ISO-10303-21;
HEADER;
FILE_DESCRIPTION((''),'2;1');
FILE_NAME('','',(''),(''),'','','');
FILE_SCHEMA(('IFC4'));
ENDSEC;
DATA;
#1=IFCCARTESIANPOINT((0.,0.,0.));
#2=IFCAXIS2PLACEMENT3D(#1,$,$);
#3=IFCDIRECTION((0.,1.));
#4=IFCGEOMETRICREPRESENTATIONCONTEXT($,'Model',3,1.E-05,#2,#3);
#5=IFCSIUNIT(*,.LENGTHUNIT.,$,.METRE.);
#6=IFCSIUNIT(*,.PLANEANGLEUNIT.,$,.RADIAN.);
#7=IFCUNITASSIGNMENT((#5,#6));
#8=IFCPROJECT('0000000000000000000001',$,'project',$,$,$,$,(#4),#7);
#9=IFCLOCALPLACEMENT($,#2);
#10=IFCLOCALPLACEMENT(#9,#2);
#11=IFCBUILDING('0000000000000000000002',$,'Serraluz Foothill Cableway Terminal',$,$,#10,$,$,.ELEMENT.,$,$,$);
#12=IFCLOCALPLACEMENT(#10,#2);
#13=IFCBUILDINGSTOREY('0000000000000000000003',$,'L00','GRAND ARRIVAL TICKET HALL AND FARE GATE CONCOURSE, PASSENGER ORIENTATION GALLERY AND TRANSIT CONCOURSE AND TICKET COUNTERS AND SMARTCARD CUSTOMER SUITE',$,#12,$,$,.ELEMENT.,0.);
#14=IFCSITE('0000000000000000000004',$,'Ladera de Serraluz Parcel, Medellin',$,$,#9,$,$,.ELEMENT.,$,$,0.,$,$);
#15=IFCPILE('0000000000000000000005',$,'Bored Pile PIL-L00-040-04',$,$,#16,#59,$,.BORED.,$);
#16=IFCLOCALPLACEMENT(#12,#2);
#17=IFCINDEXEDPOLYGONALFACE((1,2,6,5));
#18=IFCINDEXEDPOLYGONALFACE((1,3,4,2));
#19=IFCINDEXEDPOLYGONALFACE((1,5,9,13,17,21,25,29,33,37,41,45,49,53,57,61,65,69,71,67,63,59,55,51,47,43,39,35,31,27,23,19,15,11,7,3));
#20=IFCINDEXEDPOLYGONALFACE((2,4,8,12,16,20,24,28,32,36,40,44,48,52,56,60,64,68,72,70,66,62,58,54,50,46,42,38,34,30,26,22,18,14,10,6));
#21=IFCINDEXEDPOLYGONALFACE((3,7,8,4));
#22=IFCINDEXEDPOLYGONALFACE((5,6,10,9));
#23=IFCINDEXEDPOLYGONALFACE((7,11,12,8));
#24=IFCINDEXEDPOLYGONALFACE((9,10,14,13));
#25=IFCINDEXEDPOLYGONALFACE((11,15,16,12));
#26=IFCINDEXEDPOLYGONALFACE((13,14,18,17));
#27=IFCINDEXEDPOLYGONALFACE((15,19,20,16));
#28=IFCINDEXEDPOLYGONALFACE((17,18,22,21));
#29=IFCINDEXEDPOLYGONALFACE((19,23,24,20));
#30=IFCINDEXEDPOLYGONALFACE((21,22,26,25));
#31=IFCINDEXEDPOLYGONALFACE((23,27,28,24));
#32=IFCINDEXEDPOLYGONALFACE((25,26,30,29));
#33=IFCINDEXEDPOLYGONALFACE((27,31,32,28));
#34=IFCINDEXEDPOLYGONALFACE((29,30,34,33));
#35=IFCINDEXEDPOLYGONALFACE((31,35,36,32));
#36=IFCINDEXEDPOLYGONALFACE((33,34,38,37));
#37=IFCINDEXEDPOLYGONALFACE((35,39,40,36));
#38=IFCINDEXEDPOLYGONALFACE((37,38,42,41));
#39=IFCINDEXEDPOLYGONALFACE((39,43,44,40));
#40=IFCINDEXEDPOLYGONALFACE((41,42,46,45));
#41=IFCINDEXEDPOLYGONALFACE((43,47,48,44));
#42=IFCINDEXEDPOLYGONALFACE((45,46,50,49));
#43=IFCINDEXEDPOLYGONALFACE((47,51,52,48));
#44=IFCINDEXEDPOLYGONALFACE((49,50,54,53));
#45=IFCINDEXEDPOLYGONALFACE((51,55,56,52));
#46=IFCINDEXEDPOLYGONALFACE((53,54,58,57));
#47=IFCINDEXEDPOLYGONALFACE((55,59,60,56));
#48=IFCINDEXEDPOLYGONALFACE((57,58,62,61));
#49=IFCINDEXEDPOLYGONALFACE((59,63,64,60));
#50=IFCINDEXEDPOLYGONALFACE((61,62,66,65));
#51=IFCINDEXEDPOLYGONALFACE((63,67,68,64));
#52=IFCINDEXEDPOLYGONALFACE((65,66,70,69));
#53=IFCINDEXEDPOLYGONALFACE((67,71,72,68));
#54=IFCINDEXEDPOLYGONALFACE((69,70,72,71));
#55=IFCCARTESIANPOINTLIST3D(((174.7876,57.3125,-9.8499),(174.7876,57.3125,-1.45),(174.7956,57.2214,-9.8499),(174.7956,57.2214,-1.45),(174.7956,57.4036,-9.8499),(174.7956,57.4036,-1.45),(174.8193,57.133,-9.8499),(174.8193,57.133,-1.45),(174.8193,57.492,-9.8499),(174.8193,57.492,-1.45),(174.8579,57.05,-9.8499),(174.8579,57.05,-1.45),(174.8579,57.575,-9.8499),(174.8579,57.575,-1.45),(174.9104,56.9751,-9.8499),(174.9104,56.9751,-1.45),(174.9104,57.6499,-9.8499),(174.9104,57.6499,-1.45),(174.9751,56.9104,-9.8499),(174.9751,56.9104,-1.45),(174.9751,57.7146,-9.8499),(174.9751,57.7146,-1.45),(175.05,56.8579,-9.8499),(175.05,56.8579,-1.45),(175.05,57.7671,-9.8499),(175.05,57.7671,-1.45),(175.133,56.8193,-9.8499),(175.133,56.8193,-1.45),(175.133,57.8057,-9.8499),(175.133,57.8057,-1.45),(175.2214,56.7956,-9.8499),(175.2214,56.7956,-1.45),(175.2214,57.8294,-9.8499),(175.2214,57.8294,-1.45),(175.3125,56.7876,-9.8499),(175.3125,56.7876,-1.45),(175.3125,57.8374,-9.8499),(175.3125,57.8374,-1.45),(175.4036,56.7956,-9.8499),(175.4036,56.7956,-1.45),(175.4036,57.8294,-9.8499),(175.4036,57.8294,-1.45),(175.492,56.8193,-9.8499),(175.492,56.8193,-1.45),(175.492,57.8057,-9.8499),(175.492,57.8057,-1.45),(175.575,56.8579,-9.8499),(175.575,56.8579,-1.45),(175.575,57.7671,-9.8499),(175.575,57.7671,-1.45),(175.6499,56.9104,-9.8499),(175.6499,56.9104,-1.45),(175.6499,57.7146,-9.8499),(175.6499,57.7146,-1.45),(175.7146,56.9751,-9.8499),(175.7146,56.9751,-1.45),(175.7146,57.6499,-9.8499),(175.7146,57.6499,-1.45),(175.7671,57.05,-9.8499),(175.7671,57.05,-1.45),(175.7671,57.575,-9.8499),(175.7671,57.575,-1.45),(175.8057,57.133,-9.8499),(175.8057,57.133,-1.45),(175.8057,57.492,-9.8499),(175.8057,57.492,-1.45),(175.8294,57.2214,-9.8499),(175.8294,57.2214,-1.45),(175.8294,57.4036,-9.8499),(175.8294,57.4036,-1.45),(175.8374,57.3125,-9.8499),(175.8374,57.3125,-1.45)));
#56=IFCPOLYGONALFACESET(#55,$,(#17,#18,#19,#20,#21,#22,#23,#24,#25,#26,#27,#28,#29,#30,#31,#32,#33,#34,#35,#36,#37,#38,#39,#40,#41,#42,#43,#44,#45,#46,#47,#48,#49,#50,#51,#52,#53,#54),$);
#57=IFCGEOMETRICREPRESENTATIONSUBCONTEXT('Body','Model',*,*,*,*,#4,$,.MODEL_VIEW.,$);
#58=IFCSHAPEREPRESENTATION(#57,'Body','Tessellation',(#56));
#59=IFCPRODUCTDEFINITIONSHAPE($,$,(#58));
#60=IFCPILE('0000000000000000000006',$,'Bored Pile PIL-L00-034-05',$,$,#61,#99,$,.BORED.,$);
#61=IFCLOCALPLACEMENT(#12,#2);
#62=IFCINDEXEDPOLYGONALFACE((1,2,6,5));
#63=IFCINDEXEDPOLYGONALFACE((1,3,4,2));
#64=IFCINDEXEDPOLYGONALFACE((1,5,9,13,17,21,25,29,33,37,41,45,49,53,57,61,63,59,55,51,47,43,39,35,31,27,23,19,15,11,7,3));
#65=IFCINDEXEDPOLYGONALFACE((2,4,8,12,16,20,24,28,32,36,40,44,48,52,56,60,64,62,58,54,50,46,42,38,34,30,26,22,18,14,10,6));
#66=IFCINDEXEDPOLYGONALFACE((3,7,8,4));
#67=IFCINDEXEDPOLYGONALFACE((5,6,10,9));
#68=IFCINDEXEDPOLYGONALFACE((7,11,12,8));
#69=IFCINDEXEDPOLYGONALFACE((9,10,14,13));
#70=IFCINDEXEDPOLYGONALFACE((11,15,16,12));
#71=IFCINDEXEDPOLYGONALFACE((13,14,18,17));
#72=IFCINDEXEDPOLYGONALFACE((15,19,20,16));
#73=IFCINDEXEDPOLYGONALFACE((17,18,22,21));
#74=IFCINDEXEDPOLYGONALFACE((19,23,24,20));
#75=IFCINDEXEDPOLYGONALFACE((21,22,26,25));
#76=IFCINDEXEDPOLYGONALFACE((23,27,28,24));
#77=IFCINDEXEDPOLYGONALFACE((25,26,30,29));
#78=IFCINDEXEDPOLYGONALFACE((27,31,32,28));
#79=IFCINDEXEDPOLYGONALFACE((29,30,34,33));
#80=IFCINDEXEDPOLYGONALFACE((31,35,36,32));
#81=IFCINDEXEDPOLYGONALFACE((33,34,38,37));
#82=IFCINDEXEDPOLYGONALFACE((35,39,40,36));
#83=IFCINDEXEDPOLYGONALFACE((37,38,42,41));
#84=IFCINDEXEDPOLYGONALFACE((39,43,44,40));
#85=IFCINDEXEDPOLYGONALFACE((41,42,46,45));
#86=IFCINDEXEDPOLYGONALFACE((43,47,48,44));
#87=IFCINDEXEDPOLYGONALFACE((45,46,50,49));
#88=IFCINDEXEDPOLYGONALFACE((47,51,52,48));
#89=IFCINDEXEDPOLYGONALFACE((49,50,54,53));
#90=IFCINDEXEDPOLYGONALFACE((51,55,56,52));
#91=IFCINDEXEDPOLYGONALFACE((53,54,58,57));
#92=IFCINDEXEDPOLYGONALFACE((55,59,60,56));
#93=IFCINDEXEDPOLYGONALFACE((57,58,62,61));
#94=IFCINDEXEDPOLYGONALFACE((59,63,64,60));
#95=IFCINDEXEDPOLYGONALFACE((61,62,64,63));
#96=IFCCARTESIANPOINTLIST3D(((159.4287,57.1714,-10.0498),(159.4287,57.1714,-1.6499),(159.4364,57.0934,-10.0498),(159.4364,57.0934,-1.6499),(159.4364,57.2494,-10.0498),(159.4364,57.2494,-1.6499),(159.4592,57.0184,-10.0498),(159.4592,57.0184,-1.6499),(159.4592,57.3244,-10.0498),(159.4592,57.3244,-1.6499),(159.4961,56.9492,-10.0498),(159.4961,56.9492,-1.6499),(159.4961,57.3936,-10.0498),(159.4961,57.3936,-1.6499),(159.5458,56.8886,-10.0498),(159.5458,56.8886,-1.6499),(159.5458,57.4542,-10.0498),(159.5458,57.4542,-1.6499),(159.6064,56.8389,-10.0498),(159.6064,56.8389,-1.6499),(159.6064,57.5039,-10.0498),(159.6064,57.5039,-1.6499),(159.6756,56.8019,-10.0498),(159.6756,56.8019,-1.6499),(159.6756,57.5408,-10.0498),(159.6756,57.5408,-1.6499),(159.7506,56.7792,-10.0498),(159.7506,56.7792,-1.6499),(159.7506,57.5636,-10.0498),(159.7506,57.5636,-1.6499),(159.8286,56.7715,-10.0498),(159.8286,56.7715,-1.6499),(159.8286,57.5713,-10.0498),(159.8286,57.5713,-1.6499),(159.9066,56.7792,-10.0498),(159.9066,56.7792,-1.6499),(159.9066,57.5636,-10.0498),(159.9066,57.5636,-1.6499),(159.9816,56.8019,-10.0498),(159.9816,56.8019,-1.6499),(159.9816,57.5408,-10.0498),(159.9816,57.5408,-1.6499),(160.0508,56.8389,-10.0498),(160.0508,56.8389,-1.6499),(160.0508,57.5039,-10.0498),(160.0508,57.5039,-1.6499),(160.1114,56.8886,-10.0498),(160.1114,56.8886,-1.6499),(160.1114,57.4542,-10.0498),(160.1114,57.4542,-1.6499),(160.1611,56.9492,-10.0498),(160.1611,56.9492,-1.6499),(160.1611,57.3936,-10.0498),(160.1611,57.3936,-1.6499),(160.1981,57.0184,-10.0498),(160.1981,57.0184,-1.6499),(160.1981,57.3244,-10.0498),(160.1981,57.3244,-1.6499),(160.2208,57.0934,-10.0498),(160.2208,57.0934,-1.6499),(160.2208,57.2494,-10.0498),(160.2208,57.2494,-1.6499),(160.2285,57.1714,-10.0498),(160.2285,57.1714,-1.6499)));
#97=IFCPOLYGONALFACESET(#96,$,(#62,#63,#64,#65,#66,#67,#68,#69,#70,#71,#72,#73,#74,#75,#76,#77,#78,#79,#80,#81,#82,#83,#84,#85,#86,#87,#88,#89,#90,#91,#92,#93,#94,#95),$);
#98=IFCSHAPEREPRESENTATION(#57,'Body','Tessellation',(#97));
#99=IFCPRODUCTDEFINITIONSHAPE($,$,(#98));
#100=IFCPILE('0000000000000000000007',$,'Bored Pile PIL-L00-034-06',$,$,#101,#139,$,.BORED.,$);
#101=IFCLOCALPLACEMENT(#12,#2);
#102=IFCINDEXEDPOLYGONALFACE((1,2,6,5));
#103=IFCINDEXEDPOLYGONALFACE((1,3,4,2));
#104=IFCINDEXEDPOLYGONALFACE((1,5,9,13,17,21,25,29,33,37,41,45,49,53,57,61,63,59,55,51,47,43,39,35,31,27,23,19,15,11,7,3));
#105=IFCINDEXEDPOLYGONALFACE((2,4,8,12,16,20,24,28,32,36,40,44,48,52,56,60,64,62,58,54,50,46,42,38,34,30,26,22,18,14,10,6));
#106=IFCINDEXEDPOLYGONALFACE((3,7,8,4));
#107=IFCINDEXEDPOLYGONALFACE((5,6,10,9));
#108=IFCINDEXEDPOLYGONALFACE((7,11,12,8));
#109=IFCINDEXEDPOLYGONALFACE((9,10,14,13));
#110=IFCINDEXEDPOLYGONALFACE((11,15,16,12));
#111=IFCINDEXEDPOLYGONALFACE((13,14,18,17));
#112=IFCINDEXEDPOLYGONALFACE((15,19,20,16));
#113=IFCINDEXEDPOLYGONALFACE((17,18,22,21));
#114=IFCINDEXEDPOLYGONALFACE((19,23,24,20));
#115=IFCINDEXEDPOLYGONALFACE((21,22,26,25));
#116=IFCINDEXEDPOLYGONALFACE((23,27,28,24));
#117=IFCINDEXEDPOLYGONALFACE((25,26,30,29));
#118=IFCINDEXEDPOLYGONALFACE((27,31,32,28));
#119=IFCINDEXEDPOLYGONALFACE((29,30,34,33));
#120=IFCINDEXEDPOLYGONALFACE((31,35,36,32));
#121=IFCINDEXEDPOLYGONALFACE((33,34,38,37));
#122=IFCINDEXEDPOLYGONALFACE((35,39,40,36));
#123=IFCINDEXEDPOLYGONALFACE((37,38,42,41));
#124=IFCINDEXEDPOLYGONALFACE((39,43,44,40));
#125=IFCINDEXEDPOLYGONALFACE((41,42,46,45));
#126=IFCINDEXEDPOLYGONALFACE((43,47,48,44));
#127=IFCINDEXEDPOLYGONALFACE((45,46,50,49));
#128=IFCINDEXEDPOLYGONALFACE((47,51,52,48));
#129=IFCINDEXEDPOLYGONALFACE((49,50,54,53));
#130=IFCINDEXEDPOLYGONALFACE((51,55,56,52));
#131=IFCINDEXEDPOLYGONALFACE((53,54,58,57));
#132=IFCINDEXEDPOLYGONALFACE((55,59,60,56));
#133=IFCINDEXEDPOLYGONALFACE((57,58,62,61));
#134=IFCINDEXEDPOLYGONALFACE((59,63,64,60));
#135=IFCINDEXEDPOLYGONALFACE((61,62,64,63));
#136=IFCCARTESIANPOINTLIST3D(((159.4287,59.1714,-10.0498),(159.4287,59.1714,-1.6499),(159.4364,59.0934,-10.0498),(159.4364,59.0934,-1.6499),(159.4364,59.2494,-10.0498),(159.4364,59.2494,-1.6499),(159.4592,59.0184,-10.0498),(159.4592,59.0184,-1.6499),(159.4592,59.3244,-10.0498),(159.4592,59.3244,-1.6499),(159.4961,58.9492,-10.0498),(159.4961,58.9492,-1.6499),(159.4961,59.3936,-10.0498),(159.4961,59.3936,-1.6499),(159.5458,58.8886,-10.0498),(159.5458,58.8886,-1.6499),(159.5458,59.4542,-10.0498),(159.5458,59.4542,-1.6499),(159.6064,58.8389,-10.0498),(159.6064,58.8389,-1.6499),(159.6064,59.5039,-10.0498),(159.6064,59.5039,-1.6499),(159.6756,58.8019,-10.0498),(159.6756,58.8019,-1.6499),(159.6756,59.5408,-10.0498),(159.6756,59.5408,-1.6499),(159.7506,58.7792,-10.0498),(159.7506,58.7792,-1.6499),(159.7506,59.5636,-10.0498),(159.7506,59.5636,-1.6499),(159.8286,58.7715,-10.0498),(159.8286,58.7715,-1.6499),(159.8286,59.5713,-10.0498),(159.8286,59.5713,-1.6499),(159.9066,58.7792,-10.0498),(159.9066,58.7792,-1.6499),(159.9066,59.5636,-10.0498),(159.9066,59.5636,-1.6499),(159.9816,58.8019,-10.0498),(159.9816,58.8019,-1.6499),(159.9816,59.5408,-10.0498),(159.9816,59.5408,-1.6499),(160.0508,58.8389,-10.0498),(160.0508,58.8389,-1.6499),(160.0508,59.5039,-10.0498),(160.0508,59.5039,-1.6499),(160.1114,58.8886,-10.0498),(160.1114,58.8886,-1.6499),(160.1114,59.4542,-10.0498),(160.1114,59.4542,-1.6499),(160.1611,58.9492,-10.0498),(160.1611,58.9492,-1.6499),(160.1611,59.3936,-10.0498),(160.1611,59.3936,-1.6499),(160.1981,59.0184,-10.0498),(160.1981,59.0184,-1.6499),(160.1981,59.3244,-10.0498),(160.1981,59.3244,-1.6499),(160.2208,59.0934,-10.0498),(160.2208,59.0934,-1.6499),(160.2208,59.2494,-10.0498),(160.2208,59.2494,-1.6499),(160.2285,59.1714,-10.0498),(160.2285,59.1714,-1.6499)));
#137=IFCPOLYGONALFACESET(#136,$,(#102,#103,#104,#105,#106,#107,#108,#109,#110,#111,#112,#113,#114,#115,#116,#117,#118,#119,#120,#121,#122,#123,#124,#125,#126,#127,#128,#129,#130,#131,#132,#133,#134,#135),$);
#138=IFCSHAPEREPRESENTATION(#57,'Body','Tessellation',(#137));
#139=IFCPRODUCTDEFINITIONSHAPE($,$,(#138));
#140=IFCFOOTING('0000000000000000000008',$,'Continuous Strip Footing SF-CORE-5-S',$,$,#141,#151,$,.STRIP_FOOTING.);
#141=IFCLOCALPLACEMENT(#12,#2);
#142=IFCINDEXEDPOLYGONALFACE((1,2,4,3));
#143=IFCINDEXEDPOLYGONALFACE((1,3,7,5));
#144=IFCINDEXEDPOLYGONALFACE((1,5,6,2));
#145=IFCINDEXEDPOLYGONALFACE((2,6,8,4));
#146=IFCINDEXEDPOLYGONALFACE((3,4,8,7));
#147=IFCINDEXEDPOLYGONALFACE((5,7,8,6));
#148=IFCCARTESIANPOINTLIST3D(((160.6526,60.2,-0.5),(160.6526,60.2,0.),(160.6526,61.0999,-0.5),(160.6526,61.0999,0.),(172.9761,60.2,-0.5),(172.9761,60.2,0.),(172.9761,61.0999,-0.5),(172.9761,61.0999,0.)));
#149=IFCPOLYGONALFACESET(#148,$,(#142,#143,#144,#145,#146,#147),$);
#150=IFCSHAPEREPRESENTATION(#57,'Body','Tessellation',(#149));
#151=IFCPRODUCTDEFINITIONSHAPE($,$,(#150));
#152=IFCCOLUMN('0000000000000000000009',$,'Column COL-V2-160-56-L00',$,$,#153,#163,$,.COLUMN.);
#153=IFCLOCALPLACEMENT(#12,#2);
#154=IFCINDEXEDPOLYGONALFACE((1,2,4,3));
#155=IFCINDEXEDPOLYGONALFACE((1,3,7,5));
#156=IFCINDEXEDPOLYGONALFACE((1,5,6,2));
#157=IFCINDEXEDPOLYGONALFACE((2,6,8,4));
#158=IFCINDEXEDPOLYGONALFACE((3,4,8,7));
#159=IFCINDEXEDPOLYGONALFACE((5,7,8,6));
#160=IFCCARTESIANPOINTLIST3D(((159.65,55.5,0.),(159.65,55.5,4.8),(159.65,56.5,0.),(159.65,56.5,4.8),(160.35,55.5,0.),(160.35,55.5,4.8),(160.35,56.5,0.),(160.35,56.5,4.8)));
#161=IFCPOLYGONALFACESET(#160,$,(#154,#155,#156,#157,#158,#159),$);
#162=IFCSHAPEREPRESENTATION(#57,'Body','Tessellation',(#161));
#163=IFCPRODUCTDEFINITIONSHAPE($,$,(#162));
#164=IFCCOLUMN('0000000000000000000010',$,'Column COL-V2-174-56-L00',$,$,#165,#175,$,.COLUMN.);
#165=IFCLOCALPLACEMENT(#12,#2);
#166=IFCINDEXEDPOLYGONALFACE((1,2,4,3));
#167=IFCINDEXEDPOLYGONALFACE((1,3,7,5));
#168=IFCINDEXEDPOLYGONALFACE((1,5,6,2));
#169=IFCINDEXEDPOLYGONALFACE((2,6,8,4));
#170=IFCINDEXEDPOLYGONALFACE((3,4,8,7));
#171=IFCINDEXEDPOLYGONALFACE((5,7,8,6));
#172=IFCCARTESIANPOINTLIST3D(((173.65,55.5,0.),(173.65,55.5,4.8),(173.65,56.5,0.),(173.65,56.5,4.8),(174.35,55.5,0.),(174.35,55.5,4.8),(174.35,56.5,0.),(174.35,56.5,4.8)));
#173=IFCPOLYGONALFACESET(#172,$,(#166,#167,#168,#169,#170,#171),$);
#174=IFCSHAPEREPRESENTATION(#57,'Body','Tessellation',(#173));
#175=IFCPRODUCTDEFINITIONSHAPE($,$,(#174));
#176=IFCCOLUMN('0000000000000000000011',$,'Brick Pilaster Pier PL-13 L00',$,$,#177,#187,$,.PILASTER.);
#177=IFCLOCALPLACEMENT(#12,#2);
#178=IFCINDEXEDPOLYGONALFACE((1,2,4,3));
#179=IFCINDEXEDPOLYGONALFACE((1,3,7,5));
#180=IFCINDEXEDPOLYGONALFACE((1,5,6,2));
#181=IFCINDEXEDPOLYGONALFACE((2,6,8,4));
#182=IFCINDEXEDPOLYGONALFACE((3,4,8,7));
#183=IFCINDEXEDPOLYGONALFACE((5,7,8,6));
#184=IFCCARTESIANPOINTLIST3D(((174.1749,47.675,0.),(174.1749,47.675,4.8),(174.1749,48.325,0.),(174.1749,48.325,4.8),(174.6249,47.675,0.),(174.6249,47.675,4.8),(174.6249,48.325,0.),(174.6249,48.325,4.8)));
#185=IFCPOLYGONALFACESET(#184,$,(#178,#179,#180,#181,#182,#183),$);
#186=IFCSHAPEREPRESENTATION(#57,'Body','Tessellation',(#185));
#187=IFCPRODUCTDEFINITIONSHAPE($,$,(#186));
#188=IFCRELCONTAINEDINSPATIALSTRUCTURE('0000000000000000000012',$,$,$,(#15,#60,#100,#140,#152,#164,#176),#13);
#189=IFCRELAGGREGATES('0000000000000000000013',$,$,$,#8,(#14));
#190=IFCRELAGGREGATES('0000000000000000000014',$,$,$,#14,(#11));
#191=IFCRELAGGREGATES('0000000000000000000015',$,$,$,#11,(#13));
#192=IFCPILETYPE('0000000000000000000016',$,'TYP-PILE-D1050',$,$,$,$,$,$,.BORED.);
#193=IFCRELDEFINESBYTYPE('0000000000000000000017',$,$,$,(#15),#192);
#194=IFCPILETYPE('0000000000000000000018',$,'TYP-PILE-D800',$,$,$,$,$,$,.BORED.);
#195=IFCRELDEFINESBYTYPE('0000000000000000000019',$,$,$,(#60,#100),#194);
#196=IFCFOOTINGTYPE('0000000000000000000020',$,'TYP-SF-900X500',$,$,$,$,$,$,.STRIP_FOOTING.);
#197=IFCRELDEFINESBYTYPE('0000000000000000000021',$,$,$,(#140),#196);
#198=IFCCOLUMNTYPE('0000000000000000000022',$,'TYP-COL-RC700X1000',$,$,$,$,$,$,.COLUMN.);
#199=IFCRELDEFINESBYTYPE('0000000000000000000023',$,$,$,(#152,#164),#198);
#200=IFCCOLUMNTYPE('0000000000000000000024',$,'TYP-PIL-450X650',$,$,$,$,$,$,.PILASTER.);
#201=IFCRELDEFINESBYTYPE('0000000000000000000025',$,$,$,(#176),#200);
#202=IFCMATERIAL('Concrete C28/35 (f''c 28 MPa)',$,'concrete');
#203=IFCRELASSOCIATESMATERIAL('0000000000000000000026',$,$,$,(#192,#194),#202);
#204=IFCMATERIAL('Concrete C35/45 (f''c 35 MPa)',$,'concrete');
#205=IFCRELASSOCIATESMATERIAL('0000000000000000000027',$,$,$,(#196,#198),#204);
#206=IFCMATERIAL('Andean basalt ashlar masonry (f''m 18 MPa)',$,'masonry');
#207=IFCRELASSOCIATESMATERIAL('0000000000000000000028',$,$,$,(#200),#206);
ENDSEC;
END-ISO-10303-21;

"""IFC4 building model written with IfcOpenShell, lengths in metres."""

from ifc_helpers import new_model, si_unit, direction, frame, origin, origin_2d, place, context, subcontext, project, spatial, rectangle, circle, extrude, material, material_profile, profile_set, type_object, element, save


model = new_model("IFC4")

# Units and contexts
model_context = context("Model", 3, precision=1e-05, world=origin(), true_north=direction((0.0, 1.0)))
body_context = subcontext(model_context, "Body", "Model", "MODEL_VIEW")
ifc_project = project(units=[si_unit("LENGTHUNIT", "METRE"), si_unit("PLANEANGLEUNIT", "RADIAN")], contexts=[model_context])

# Site, building, storey
site_placement = place(None, origin())
site = spatial("IfcSite", under=ifc_project, at=site_placement, Name="Ladera de Serraluz Parcel, Medellin", CompositionType="ELEMENT", RefElevation=0.0)
building_placement = place(site_placement, origin())
building = spatial("IfcBuilding", under=site, at=building_placement, Name="Serraluz Foothill Cableway Terminal", CompositionType="ELEMENT")
storey_placement = place(building_placement, origin())
storey = spatial("IfcBuildingStorey", under=building, at=storey_placement, Name="L00", Description="GRAND ARRIVAL TICKET HALL AND FARE GATE CONCOURSE, PASSENGER ORIENTATION GALLERY AND TRANSIT CONCOURSE AND TICKET COUNTERS AND SMARTCARD CUSTOMER SUITE", CompositionType="ELEMENT", Elevation=0.0)

# Shared definitions
ifc_material_1 = material(Name="Concrete C35/45 (f'c 35 MPa)", Category="concrete")

# Piles
ifc_material_2 = material(Name="Concrete C28/35 (f'c 28 MPa)", Category="concrete")
ifc_material_profile_1 = material_profile(ifc_material_2, circle(Radius=0.5249, at=origin_2d()), Name="BORED PILE D1050")
ifc_profile_set_1 = profile_set([ifc_material_profile_1], Name="Concrete C28/35 (f'c 28 MPa)")
pile_type_1 = type_object("IfcPileType", Name="TYP-PILE-D1050", PredefinedType="BORED", material=ifc_profile_set_1)
for number, where, z_axis, x_axis, name in (
    (1, (175.3125, 57.3125, -1.45), (0.0, 0.0, -1.0), (1.0, 0.0, 0.0), "Bored Pile PIL-L00-040-04"),
):
    element("IfcPile", number, at=place(storey_placement, frame(where, z_axis=z_axis, x_axis=x_axis)), inside=storey, type_object=pile_type_1, Name=name, PredefinedType="BORED", context=body_context, shape_type="SweptSolid", body=[
        extrude(circle(Radius=0.5249, at=origin_2d()), origin(), (0.0, 0.0, 1.0), 8.3999),
    ])
ifc_material_profile_2 = material_profile(ifc_material_2, circle(Radius=0.3999, at=origin_2d()), Name="BORED PILE D800")
ifc_profile_set_2 = profile_set([ifc_material_profile_2], Name="Concrete C28/35 (f'c 28 MPa)")
pile_type_2 = type_object("IfcPileType", Name="TYP-PILE-D800", PredefinedType="BORED", material=ifc_profile_set_2)
for number, where, z_axis, x_axis, name in (
    (2, (159.8286, 57.1714, -1.6499), (0.0, 0.0, -1.0), (1.0, 0.0, 0.0), "Bored Pile PIL-L00-034-05"),
    (3, (159.8286, 59.1714, -1.6499), (0.0, 0.0, -1.0), (1.0, 0.0, 0.0), "Bored Pile PIL-L00-034-06"),
):
    element("IfcPile", number, at=place(storey_placement, frame(where, z_axis=z_axis, x_axis=x_axis)), inside=storey, type_object=pile_type_2, Name=name, PredefinedType="BORED", context=body_context, shape_type="SweptSolid", body=[
        extrude(circle(Radius=0.3999, at=origin_2d()), origin(), (0.0, 0.0, 1.0), 8.3999),
    ])

# Footing
ifc_material_profile_3 = material_profile(ifc_material_1, rectangle(XDim=0.8999, YDim=0.5, at=origin_2d()), Name="SF 900x500")
ifc_profile_set_3 = profile_set([ifc_material_profile_3], Name="Concrete C35/45 (f'c 35 MPa)")
footing_type_1 = type_object("IfcFootingType", Name="TYP-SF-900X500", PredefinedType="STRIP_FOOTING", material=ifc_profile_set_3)
footing_1_placement = place(storey_placement, frame((160.6526, 60.6499, -0.25), z_axis=(1.0, 0.0, 0.0), x_axis=(0.0, 1.0, 0.0)))
element("IfcFooting", 4, at=footing_1_placement, inside=storey, type_object=footing_type_1, Name="Continuous Strip Footing SF-CORE-5-S", PredefinedType="STRIP_FOOTING", context=body_context, shape_type="SweptSolid", body=[
    extrude(rectangle(XDim=0.8999, YDim=0.5, at=origin_2d()), origin(), (0.0, 0.0, 1.0), 12.3235),
])

# Columns
ifc_material_profile_4 = material_profile(ifc_material_1, rectangle(XDim=0.7, YDim=1.0, at=origin_2d()), Name="RC 700x1000")
ifc_profile_set_4 = profile_set([ifc_material_profile_4], Name="Concrete C35/45 (f'c 35 MPa)")
column_type_1 = type_object("IfcColumnType", Name="TYP-COL-RC700X1000", PredefinedType="COLUMN", material=ifc_profile_set_4)
for number, where, z_axis, x_axis, name in (
    (5, (160.0, 56.0, 0.0), (0.0, 0.0, 1.0), (1.0, 0.0, 0.0), "Column COL-V2-160-56-L00"),
    (6, (174.0, 56.0, 0.0), (0.0, 0.0, 1.0), (1.0, 0.0, 0.0), "Column COL-V2-174-56-L00"),
):
    element("IfcColumn", number, at=place(storey_placement, frame(where, z_axis=z_axis, x_axis=x_axis)), inside=storey, type_object=column_type_1, Name=name, PredefinedType="COLUMN", context=body_context, shape_type="SweptSolid", body=[
        extrude(rectangle(XDim=0.7, YDim=1.0, at=origin_2d()), origin(), (0.0, 0.0, 1.0), 4.8),
    ])
ifc_material_3 = material(Name="Andean basalt ashlar masonry (f'm 18 MPa)", Category="masonry")
ifc_material_profile_5 = material_profile(ifc_material_3, rectangle(XDim=0.45, YDim=0.6499, at=origin_2d()), Name="PIL 450x650")
ifc_profile_set_5 = profile_set([ifc_material_profile_5], Name="Andean basalt ashlar masonry (f'm 18 MPa)")
column_type_2 = type_object("IfcColumnType", Name="TYP-PIL-450X650", PredefinedType="PILASTER", material=ifc_profile_set_5)
column_placement = place(storey_placement, frame((174.3999, 48.0, 0.0), z_axis=(0.0, 0.0, 1.0), x_axis=(1.0, 0.0, 0.0)))
element("IfcColumn", 7, at=column_placement, inside=storey, type_object=column_type_2, Name="Brick Pilaster Pier PL-13 L00", PredefinedType="PILASTER", context=body_context, shape_type="SweptSolid", body=[
    extrude(rectangle(XDim=0.45, YDim=0.6499, at=origin_2d()), origin(), (0.0, 0.0, 1.0), 4.8),
])

save(model, "model.ifc")
